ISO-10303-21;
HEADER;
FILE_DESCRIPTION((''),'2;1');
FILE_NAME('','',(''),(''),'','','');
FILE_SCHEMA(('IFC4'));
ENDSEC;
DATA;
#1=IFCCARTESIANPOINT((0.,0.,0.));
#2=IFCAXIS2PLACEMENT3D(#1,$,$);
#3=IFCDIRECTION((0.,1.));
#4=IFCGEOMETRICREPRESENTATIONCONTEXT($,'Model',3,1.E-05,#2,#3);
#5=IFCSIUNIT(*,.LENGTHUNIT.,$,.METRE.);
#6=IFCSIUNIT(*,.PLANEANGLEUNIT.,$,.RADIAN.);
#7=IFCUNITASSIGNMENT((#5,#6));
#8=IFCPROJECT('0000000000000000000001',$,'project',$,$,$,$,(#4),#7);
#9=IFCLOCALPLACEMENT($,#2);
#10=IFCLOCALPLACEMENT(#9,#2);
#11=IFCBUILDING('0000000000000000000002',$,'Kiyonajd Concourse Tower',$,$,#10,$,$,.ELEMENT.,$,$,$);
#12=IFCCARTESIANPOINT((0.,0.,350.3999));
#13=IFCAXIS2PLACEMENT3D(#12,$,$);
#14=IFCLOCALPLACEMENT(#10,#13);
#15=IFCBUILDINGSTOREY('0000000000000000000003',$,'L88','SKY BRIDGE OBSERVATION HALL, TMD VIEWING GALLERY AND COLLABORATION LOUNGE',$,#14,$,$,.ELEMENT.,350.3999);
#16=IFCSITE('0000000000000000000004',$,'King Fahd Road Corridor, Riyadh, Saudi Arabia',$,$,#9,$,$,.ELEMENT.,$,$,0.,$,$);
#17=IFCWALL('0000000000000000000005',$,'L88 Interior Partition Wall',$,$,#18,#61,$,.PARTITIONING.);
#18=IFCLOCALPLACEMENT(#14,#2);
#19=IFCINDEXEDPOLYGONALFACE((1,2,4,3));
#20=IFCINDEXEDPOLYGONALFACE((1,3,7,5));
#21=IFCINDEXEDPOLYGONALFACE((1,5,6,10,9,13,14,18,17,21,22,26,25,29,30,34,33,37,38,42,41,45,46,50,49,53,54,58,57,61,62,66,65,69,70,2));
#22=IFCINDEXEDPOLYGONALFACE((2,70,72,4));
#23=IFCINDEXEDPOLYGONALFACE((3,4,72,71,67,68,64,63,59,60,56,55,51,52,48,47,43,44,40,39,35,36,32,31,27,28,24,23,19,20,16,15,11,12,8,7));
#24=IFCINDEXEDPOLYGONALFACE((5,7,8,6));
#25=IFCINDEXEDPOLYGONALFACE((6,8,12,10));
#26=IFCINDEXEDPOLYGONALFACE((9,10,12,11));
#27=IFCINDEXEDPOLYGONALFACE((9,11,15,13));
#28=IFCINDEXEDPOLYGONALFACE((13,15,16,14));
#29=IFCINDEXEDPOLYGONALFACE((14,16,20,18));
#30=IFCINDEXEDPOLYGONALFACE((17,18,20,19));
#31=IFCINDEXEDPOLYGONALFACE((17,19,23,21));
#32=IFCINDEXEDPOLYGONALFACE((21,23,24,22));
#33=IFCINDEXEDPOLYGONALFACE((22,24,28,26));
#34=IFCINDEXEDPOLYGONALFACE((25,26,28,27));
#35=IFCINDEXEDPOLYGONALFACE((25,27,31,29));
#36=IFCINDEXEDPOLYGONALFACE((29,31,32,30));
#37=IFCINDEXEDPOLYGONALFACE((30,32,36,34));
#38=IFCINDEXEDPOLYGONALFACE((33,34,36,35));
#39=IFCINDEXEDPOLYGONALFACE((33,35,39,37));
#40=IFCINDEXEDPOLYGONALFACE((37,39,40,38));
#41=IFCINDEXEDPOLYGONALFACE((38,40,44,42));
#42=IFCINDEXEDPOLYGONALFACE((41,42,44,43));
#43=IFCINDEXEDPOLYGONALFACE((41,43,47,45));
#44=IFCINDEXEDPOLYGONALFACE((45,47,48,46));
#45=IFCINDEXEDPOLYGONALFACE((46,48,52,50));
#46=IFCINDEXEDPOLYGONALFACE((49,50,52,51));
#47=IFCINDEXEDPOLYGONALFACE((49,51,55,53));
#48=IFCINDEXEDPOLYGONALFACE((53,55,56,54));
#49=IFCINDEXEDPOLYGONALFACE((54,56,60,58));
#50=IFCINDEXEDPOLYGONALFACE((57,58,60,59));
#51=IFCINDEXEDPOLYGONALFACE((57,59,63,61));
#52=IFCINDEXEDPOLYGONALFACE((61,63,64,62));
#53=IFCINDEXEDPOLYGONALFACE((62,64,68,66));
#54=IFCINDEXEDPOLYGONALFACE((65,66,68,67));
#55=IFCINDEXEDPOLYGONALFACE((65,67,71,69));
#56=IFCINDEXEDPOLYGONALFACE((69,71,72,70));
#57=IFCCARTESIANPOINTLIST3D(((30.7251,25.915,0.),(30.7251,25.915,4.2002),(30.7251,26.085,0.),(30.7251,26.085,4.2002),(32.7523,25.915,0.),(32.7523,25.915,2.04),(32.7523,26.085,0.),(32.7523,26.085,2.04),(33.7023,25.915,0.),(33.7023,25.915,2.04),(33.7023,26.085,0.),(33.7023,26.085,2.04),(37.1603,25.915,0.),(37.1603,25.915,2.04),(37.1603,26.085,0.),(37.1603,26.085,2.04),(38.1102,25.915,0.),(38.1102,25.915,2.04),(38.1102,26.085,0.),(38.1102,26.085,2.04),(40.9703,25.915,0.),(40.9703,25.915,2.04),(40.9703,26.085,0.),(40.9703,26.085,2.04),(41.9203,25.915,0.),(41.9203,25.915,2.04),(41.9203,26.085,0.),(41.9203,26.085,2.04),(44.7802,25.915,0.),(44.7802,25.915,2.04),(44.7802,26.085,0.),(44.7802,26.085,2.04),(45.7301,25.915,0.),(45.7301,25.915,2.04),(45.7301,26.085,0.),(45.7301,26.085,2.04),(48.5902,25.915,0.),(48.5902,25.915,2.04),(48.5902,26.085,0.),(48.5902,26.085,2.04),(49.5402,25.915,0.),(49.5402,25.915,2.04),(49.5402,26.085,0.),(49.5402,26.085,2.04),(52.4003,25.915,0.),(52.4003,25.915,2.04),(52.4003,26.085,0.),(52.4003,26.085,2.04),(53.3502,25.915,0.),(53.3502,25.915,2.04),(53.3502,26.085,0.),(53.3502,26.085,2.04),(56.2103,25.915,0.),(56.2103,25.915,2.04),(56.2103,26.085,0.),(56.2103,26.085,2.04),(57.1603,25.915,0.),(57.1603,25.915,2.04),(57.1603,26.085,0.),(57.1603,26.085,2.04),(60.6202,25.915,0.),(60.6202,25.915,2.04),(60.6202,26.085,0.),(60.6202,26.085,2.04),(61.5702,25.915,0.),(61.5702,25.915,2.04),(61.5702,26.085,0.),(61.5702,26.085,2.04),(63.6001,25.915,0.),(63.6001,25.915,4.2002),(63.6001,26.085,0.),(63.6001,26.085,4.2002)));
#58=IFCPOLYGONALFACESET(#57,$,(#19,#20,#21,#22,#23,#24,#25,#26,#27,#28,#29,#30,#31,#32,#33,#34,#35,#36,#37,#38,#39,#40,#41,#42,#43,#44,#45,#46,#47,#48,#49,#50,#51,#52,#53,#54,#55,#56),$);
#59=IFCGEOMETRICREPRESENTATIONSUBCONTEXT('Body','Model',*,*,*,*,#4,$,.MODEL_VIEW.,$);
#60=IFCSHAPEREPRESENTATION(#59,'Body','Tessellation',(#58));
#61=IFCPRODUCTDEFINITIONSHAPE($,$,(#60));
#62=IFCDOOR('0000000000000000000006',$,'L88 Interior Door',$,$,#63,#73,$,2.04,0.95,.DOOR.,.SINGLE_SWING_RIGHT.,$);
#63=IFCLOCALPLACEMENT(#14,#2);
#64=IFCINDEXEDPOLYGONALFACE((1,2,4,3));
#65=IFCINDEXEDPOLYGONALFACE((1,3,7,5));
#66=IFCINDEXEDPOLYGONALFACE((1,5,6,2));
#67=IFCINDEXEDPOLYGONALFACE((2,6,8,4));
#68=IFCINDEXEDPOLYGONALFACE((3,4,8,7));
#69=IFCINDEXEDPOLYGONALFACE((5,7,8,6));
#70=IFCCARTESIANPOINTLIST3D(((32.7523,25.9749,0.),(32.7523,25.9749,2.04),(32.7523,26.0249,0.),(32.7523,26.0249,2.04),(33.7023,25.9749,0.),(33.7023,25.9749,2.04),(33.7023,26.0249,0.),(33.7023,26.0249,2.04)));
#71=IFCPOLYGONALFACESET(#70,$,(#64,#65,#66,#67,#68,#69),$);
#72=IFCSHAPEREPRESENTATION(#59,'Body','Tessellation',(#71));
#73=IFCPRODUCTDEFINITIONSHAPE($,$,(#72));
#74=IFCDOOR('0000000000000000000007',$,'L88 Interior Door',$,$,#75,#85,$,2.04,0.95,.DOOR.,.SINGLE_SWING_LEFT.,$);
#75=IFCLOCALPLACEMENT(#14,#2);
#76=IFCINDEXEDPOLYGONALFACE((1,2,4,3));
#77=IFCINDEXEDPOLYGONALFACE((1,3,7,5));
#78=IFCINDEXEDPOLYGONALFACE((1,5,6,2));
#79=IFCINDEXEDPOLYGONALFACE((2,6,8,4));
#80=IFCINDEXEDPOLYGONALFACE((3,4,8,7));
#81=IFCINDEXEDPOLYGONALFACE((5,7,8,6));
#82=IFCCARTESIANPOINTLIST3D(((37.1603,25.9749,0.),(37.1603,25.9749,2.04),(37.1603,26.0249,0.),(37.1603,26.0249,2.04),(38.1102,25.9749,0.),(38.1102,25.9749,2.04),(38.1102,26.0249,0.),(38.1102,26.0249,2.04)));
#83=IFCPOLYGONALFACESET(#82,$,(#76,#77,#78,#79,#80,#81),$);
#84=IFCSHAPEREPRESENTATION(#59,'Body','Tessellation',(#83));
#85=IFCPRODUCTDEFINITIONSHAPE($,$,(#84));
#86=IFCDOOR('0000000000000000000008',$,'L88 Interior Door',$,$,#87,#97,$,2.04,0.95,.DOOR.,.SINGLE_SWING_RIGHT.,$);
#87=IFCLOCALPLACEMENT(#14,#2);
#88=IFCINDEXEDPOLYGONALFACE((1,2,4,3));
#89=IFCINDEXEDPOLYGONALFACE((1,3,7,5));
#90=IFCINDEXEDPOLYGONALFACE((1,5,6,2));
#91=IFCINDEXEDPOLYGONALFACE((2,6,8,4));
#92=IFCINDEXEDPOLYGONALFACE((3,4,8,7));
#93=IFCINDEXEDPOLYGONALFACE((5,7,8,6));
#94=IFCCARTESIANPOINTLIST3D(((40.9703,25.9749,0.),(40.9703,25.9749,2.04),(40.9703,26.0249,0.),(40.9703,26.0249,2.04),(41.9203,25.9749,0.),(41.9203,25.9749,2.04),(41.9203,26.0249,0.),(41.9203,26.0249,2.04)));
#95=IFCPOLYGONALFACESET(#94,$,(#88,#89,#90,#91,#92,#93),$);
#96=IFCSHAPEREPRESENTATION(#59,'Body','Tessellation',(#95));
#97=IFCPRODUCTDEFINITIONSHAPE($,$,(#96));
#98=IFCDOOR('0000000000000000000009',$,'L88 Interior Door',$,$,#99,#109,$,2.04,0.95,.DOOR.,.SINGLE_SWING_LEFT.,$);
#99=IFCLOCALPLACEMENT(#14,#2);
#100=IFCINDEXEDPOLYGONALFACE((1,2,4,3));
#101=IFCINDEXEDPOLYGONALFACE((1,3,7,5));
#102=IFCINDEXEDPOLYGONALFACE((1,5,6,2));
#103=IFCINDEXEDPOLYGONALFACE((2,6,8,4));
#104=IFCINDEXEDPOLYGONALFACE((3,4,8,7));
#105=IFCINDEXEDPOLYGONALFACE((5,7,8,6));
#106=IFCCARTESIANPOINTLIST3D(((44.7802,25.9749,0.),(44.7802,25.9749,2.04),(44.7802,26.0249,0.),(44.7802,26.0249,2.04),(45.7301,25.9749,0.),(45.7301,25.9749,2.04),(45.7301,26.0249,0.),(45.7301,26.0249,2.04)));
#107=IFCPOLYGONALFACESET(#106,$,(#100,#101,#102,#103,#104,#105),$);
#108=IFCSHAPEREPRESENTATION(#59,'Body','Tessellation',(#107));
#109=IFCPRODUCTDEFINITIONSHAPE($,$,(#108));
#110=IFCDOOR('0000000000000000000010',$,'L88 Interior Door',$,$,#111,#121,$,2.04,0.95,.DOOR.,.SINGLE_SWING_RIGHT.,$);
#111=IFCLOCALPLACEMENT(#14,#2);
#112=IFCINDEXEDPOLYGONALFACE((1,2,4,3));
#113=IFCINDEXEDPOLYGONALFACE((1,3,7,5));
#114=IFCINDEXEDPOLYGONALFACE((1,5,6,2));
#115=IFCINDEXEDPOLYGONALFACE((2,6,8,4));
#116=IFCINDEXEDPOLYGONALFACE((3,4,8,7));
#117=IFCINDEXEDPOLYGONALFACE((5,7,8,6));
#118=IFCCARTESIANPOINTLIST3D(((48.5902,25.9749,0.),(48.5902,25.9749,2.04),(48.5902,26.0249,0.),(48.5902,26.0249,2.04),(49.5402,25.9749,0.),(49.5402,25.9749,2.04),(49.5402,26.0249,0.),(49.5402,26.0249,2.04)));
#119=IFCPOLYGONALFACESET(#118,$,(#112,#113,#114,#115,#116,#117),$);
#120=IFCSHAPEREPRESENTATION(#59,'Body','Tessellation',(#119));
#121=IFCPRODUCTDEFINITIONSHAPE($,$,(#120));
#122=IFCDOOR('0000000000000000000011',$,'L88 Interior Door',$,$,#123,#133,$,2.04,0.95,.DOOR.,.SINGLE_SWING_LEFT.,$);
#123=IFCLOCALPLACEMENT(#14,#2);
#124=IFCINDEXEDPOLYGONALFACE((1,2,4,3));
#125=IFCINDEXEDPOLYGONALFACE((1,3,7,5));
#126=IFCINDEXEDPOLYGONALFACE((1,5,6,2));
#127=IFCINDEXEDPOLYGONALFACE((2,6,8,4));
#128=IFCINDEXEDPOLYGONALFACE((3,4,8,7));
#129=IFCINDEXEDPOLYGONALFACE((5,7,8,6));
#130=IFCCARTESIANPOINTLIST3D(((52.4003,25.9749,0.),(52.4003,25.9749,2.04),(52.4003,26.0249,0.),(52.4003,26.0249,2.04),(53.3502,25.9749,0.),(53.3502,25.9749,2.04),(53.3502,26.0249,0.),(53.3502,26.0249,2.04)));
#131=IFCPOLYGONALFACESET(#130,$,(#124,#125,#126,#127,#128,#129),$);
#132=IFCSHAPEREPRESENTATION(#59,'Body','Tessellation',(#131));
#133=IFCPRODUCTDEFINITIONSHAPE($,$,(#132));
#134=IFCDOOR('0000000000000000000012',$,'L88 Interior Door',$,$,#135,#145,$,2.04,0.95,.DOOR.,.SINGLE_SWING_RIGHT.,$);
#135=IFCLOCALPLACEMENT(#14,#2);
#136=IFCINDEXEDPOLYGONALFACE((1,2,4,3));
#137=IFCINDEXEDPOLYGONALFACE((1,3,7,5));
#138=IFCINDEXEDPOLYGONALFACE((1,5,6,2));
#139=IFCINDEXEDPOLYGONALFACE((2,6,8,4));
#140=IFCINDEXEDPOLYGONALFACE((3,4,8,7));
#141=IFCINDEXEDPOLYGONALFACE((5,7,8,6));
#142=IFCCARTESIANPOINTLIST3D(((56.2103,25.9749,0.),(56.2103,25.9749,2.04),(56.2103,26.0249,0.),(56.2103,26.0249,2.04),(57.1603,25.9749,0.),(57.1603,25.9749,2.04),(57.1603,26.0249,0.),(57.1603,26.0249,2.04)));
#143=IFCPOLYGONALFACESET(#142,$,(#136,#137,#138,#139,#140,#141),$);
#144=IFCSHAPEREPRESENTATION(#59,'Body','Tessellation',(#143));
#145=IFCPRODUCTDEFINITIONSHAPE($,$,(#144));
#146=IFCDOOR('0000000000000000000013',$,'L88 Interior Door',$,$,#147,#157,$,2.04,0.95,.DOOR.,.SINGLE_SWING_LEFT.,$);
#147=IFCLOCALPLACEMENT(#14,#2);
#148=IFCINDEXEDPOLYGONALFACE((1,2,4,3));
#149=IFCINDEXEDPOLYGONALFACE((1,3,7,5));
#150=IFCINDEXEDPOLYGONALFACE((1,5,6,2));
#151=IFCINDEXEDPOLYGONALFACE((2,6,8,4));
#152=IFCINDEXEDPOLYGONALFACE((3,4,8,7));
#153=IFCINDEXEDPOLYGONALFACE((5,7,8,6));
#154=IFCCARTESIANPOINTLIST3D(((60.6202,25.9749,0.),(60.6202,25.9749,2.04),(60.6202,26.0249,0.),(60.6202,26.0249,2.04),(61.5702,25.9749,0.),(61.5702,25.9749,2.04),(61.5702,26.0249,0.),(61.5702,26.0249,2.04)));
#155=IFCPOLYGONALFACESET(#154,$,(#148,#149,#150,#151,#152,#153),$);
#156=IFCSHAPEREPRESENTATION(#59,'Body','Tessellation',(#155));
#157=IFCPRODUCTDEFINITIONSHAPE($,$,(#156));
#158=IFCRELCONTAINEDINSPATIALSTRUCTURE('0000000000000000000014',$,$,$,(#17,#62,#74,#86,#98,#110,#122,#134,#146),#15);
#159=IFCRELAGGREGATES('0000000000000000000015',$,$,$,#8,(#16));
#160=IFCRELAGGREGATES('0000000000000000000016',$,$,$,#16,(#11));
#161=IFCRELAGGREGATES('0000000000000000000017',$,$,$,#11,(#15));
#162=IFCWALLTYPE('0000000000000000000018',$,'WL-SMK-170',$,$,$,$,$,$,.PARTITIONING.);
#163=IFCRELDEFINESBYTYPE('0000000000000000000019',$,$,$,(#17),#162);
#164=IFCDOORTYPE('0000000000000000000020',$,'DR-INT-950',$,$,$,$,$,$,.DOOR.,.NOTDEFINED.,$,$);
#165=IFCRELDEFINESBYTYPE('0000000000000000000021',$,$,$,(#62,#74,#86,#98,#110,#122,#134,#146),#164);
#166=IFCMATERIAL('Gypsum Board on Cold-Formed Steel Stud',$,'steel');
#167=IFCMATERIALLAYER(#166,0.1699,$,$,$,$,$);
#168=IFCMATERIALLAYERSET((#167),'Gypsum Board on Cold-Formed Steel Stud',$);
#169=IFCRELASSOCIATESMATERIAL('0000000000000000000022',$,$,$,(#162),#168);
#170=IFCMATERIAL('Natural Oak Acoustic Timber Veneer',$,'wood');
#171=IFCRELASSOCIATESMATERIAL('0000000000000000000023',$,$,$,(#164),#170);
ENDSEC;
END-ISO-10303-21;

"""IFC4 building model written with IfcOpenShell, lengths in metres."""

from ifc_helpers import new_model, si_unit, direction, frame, frame_2d, origin, place, context, subcontext, project, spatial, rectangle, extrude, material, layer, layer_set, type_object, element, fill, save


model = new_model("IFC4")

# Units and contexts
model_context = context("Model", 3, precision=1e-05, world=origin(), true_north=direction((0.0, 1.0)))
body_context = subcontext(model_context, "Body", "Model", "MODEL_VIEW")
ifc_project = project(units=[si_unit("LENGTHUNIT", "METRE"), si_unit("PLANEANGLEUNIT", "RADIAN")], contexts=[model_context])

# Site, building, storey
site_placement = place(None, origin())
site = spatial("IfcSite", under=ifc_project, at=site_placement, Name="King Fahd Road Corridor, Riyadh, Saudi Arabia", CompositionType="ELEMENT", RefElevation=0.0)
building_placement = place(site_placement, origin())
building = spatial("IfcBuilding", under=site, at=building_placement, Name="Kiyonajd Concourse Tower", CompositionType="ELEMENT")
storey_placement = place(building_placement, frame((0.0, 0.0, 350.3999)))
storey = spatial("IfcBuildingStorey", under=building, at=storey_placement, Name="L88", Description="SKY BRIDGE OBSERVATION HALL, TMD VIEWING GALLERY AND COLLABORATION LOUNGE", CompositionType="ELEMENT", Elevation=350.3999)

# Wall, openings, doors
ifc_material_1 = material(Name="Gypsum Board on Cold-Formed Steel Stud", Category="steel")
ifc_layer_1 = layer(ifc_material_1, 0.1699)
ifc_layer_set_1 = layer_set([ifc_layer_1], Name="Gypsum Board on Cold-Formed Steel Stud")
wall_type_1 = type_object("IfcWallType", Name="WL-SMK-170", PredefinedType="PARTITIONING", material=ifc_layer_set_1)
wall_1_placement = place(storey_placement, frame((30.7251, 26.0, 0.0), z_axis=(0.0, 0.0, 1.0), x_axis=(1.0, 0.0, 0.0)))
wall_1 = element("IfcWall", 1, at=wall_1_placement, inside=storey, type_object=wall_type_1, Name="L88 Interior Partition Wall", PredefinedType="PARTITIONING", context=body_context, shape_type="SweptSolid", body=[
    extrude(rectangle(XDim=32.875, YDim=0.1699, at=frame_2d((16.4375, 0.0))), origin(), (0.0, 0.0, 1.0), 4.2002),
])
opening_1_placement = place(wall_1_placement, frame((2.0271, 0.0, 0.0)))
opening_1 = element("IfcOpeningElement", 2, at=opening_1_placement, cuts=wall_1, PredefinedType="OPENING", context=body_context, shape_type="SweptSolid", body=[
    extrude(rectangle(XDim=0.95, YDim=2.04, at=frame_2d((0.4751, 1.02))), frame((0.0, 0.095, 0.0), z_axis=(0.0, -1.0, 0.0), x_axis=(1.0, 0.0, 0.0)), (0.0, 0.0, 1.0), 0.1899),
])
opening_2_placement = place(wall_1_placement, frame((6.4351, 0.0, 0.0)))
opening_2 = element("IfcOpeningElement", 3, at=opening_2_placement, cuts=wall_1, PredefinedType="OPENING", context=body_context, shape_type="SweptSolid", body=[
    extrude(rectangle(XDim=0.95, YDim=2.04, at=frame_2d((0.4751, 1.02))), frame((0.0, 0.095, 0.0), z_axis=(0.0, -1.0, 0.0), x_axis=(1.0, 0.0, 0.0)), (0.0, 0.0, 1.0), 0.1899),
])
opening_3_placement = place(wall_1_placement, frame((10.2451, 0.0, 0.0)))
opening_3 = element("IfcOpeningElement", 4, at=opening_3_placement, cuts=wall_1, PredefinedType="OPENING", context=body_context, shape_type="SweptSolid", body=[
    extrude(rectangle(XDim=0.95, YDim=2.04, at=frame_2d((0.4751, 1.02))), frame((0.0, 0.095, 0.0), z_axis=(0.0, -1.0, 0.0), x_axis=(1.0, 0.0, 0.0)), (0.0, 0.0, 1.0), 0.1899),
])
opening_4_placement = place(wall_1_placement, frame((14.0549, 0.0, 0.0)))
opening_4 = element("IfcOpeningElement", 5, at=opening_4_placement, cuts=wall_1, PredefinedType="OPENING", context=body_context, shape_type="SweptSolid", body=[
    extrude(rectangle(XDim=0.95, YDim=2.04, at=frame_2d((0.4751, 1.02))), frame((0.0, 0.095, 0.0), z_axis=(0.0, -1.0, 0.0), x_axis=(1.0, 0.0, 0.0)), (0.0, 0.0, 1.0), 0.1899),
])
opening_5_placement = place(wall_1_placement, frame((17.865, 0.0, 0.0)))
opening_5 = element("IfcOpeningElement", 6, at=opening_5_placement, cuts=wall_1, PredefinedType="OPENING", context=body_context, shape_type="SweptSolid", body=[
    extrude(rectangle(XDim=0.95, YDim=2.04, at=frame_2d((0.4751, 1.02))), frame((0.0, 0.095, 0.0), z_axis=(0.0, -1.0, 0.0), x_axis=(1.0, 0.0, 0.0)), (0.0, 0.0, 1.0), 0.1899),
])
opening_6_placement = place(wall_1_placement, frame((21.675, 0.0, 0.0)))
opening_6 = element("IfcOpeningElement", 7, at=opening_6_placement, cuts=wall_1, PredefinedType="OPENING", context=body_context, shape_type="SweptSolid", body=[
    extrude(rectangle(XDim=0.95, YDim=2.04, at=frame_2d((0.4751, 1.02))), frame((0.0, 0.095, 0.0), z_axis=(0.0, -1.0, 0.0), x_axis=(1.0, 0.0, 0.0)), (0.0, 0.0, 1.0), 0.1899),
])
opening_7_placement = place(wall_1_placement, frame((25.4851, 0.0, 0.0)))
opening_7 = element("IfcOpeningElement", 8, at=opening_7_placement, cuts=wall_1, PredefinedType="OPENING", context=body_context, shape_type="SweptSolid", body=[
    extrude(rectangle(XDim=0.95, YDim=2.04, at=frame_2d((0.4751, 1.02))), frame((0.0, 0.095, 0.0), z_axis=(0.0, -1.0, 0.0), x_axis=(1.0, 0.0, 0.0)), (0.0, 0.0, 1.0), 0.1899),
])
opening_8_placement = place(wall_1_placement, frame((29.895, 0.0, 0.0)))
opening_8 = element("IfcOpeningElement", 9, at=opening_8_placement, cuts=wall_1, PredefinedType="OPENING", context=body_context, shape_type="SweptSolid", body=[
    extrude(rectangle(XDim=0.95, YDim=2.04, at=frame_2d((0.4751, 1.02))), frame((0.0, 0.095, 0.0), z_axis=(0.0, -1.0, 0.0), x_axis=(1.0, 0.0, 0.0)), (0.0, 0.0, 1.0), 0.1899),
])
ifc_material_2 = material(Name="Natural Oak Acoustic Timber Veneer", Category="wood")
door_type = type_object("IfcDoorType", Name="DR-INT-950", OperationType="NOTDEFINED", PredefinedType="DOOR", material=ifc_material_2)
door_1_placement = place(opening_1_placement, origin())
door_1 = element("IfcDoor", 10, at=door_1_placement, inside=storey, type_object=door_type, Name="L88 Interior Door", OperationType="SINGLE_SWING_RIGHT", OverallHeight=2.04, OverallWidth=0.95, PredefinedType="DOOR", context=body_context, shape_type="SweptSolid", body=[
    extrude(rectangle(XDim=0.95, YDim=2.04, at=frame_2d((0.4751, 1.02))), frame((0.0, 0.0249, 0.0), z_axis=(0.0, -1.0, 0.0), x_axis=(1.0, 0.0, 0.0)), (0.0, 0.0, 1.0), 0.05),
])
fill(opening_1, door_1)
door_2_placement = place(opening_2_placement, origin())
door_2 = element("IfcDoor", 11, at=door_2_placement, inside=storey, type_object=door_type, Name="L88 Interior Door", OperationType="SINGLE_SWING_LEFT", OverallHeight=2.04, OverallWidth=0.95, PredefinedType="DOOR", context=body_context, shape_type="SweptSolid", body=[
    extrude(rectangle(XDim=0.95, YDim=2.04, at=frame_2d((0.4751, 1.02))), frame((0.0, 0.0249, 0.0), z_axis=(0.0, -1.0, 0.0), x_axis=(1.0, 0.0, 0.0)), (0.0, 0.0, 1.0), 0.05),
])
fill(opening_2, door_2)
door_3_placement = place(opening_3_placement, origin())
door_3 = element("IfcDoor", 12, at=door_3_placement, inside=storey, type_object=door_type, Name="L88 Interior Door", OperationType="SINGLE_SWING_RIGHT", OverallHeight=2.04, OverallWidth=0.95, PredefinedType="DOOR", context=body_context, shape_type="SweptSolid", body=[
    extrude(rectangle(XDim=0.95, YDim=2.04, at=frame_2d((0.4751, 1.02))), frame((0.0, 0.0249, 0.0), z_axis=(0.0, -1.0, 0.0), x_axis=(1.0, 0.0, 0.0)), (0.0, 0.0, 1.0), 0.05),
])
fill(opening_3, door_3)
door_4_placement = place(opening_4_placement, origin())
door_4 = element("IfcDoor", 13, at=door_4_placement, inside=storey, type_object=door_type, Name="L88 Interior Door", OperationType="SINGLE_SWING_LEFT", OverallHeight=2.04, OverallWidth=0.95, PredefinedType="DOOR", context=body_context, shape_type="SweptSolid", body=[
    extrude(rectangle(XDim=0.95, YDim=2.04, at=frame_2d((0.4751, 1.02))), frame((0.0, 0.0249, 0.0), z_axis=(0.0, -1.0, 0.0), x_axis=(1.0, 0.0, 0.0)), (0.0, 0.0, 1.0), 0.05),
])
fill(opening_4, door_4)
door_5_placement = place(opening_5_placement, origin())
door_5 = element("IfcDoor", 14, at=door_5_placement, inside=storey, type_object=door_type, Name="L88 Interior Door", OperationType="SINGLE_SWING_RIGHT", OverallHeight=2.04, OverallWidth=0.95, PredefinedType="DOOR", context=body_context, shape_type="SweptSolid", body=[
    extrude(rectangle(XDim=0.95, YDim=2.04, at=frame_2d((0.4751, 1.02))), frame((0.0, 0.0249, 0.0), z_axis=(0.0, -1.0, 0.0), x_axis=(1.0, 0.0, 0.0)), (0.0, 0.0, 1.0), 0.05),
])
fill(opening_5, door_5)
door_6_placement = place(opening_6_placement, origin())
door_6 = element("IfcDoor", 15, at=door_6_placement, inside=storey, type_object=door_type, Name="L88 Interior Door", OperationType="SINGLE_SWING_LEFT", OverallHeight=2.04, OverallWidth=0.95, PredefinedType="DOOR", context=body_context, shape_type="SweptSolid", body=[
    extrude(rectangle(XDim=0.95, YDim=2.04, at=frame_2d((0.4751, 1.02))), frame((0.0, 0.0249, 0.0), z_axis=(0.0, -1.0, 0.0), x_axis=(1.0, 0.0, 0.0)), (0.0, 0.0, 1.0), 0.05),
])
fill(opening_6, door_6)
door_7_placement = place(opening_7_placement, origin())
door_7 = element("IfcDoor", 16, at=door_7_placement, inside=storey, type_object=door_type, Name="L88 Interior Door", OperationType="SINGLE_SWING_RIGHT", OverallHeight=2.04, OverallWidth=0.95, PredefinedType="DOOR", context=body_context, shape_type="SweptSolid", body=[
    extrude(rectangle(XDim=0.95, YDim=2.04, at=frame_2d((0.4751, 1.02))), frame((0.0, 0.0249, 0.0), z_axis=(0.0, -1.0, 0.0), x_axis=(1.0, 0.0, 0.0)), (0.0, 0.0, 1.0), 0.05),
])
fill(opening_7, door_7)
door_8_placement = place(opening_8_placement, origin())
door_8 = element("IfcDoor", 17, at=door_8_placement, inside=storey, type_object=door_type, Name="L88 Interior Door", OperationType="SINGLE_SWING_LEFT", OverallHeight=2.04, OverallWidth=0.95, PredefinedType="DOOR", context=body_context, shape_type="SweptSolid", body=[
    extrude(rectangle(XDim=0.95, YDim=2.04, at=frame_2d((0.4751, 1.02))), frame((0.0, 0.0249, 0.0), z_axis=(0.0, -1.0, 0.0), x_axis=(1.0, 0.0, 0.0)), (0.0, 0.0, 1.0), 0.05),
])
fill(opening_8, door_8)

save(model, "model.ifc")
